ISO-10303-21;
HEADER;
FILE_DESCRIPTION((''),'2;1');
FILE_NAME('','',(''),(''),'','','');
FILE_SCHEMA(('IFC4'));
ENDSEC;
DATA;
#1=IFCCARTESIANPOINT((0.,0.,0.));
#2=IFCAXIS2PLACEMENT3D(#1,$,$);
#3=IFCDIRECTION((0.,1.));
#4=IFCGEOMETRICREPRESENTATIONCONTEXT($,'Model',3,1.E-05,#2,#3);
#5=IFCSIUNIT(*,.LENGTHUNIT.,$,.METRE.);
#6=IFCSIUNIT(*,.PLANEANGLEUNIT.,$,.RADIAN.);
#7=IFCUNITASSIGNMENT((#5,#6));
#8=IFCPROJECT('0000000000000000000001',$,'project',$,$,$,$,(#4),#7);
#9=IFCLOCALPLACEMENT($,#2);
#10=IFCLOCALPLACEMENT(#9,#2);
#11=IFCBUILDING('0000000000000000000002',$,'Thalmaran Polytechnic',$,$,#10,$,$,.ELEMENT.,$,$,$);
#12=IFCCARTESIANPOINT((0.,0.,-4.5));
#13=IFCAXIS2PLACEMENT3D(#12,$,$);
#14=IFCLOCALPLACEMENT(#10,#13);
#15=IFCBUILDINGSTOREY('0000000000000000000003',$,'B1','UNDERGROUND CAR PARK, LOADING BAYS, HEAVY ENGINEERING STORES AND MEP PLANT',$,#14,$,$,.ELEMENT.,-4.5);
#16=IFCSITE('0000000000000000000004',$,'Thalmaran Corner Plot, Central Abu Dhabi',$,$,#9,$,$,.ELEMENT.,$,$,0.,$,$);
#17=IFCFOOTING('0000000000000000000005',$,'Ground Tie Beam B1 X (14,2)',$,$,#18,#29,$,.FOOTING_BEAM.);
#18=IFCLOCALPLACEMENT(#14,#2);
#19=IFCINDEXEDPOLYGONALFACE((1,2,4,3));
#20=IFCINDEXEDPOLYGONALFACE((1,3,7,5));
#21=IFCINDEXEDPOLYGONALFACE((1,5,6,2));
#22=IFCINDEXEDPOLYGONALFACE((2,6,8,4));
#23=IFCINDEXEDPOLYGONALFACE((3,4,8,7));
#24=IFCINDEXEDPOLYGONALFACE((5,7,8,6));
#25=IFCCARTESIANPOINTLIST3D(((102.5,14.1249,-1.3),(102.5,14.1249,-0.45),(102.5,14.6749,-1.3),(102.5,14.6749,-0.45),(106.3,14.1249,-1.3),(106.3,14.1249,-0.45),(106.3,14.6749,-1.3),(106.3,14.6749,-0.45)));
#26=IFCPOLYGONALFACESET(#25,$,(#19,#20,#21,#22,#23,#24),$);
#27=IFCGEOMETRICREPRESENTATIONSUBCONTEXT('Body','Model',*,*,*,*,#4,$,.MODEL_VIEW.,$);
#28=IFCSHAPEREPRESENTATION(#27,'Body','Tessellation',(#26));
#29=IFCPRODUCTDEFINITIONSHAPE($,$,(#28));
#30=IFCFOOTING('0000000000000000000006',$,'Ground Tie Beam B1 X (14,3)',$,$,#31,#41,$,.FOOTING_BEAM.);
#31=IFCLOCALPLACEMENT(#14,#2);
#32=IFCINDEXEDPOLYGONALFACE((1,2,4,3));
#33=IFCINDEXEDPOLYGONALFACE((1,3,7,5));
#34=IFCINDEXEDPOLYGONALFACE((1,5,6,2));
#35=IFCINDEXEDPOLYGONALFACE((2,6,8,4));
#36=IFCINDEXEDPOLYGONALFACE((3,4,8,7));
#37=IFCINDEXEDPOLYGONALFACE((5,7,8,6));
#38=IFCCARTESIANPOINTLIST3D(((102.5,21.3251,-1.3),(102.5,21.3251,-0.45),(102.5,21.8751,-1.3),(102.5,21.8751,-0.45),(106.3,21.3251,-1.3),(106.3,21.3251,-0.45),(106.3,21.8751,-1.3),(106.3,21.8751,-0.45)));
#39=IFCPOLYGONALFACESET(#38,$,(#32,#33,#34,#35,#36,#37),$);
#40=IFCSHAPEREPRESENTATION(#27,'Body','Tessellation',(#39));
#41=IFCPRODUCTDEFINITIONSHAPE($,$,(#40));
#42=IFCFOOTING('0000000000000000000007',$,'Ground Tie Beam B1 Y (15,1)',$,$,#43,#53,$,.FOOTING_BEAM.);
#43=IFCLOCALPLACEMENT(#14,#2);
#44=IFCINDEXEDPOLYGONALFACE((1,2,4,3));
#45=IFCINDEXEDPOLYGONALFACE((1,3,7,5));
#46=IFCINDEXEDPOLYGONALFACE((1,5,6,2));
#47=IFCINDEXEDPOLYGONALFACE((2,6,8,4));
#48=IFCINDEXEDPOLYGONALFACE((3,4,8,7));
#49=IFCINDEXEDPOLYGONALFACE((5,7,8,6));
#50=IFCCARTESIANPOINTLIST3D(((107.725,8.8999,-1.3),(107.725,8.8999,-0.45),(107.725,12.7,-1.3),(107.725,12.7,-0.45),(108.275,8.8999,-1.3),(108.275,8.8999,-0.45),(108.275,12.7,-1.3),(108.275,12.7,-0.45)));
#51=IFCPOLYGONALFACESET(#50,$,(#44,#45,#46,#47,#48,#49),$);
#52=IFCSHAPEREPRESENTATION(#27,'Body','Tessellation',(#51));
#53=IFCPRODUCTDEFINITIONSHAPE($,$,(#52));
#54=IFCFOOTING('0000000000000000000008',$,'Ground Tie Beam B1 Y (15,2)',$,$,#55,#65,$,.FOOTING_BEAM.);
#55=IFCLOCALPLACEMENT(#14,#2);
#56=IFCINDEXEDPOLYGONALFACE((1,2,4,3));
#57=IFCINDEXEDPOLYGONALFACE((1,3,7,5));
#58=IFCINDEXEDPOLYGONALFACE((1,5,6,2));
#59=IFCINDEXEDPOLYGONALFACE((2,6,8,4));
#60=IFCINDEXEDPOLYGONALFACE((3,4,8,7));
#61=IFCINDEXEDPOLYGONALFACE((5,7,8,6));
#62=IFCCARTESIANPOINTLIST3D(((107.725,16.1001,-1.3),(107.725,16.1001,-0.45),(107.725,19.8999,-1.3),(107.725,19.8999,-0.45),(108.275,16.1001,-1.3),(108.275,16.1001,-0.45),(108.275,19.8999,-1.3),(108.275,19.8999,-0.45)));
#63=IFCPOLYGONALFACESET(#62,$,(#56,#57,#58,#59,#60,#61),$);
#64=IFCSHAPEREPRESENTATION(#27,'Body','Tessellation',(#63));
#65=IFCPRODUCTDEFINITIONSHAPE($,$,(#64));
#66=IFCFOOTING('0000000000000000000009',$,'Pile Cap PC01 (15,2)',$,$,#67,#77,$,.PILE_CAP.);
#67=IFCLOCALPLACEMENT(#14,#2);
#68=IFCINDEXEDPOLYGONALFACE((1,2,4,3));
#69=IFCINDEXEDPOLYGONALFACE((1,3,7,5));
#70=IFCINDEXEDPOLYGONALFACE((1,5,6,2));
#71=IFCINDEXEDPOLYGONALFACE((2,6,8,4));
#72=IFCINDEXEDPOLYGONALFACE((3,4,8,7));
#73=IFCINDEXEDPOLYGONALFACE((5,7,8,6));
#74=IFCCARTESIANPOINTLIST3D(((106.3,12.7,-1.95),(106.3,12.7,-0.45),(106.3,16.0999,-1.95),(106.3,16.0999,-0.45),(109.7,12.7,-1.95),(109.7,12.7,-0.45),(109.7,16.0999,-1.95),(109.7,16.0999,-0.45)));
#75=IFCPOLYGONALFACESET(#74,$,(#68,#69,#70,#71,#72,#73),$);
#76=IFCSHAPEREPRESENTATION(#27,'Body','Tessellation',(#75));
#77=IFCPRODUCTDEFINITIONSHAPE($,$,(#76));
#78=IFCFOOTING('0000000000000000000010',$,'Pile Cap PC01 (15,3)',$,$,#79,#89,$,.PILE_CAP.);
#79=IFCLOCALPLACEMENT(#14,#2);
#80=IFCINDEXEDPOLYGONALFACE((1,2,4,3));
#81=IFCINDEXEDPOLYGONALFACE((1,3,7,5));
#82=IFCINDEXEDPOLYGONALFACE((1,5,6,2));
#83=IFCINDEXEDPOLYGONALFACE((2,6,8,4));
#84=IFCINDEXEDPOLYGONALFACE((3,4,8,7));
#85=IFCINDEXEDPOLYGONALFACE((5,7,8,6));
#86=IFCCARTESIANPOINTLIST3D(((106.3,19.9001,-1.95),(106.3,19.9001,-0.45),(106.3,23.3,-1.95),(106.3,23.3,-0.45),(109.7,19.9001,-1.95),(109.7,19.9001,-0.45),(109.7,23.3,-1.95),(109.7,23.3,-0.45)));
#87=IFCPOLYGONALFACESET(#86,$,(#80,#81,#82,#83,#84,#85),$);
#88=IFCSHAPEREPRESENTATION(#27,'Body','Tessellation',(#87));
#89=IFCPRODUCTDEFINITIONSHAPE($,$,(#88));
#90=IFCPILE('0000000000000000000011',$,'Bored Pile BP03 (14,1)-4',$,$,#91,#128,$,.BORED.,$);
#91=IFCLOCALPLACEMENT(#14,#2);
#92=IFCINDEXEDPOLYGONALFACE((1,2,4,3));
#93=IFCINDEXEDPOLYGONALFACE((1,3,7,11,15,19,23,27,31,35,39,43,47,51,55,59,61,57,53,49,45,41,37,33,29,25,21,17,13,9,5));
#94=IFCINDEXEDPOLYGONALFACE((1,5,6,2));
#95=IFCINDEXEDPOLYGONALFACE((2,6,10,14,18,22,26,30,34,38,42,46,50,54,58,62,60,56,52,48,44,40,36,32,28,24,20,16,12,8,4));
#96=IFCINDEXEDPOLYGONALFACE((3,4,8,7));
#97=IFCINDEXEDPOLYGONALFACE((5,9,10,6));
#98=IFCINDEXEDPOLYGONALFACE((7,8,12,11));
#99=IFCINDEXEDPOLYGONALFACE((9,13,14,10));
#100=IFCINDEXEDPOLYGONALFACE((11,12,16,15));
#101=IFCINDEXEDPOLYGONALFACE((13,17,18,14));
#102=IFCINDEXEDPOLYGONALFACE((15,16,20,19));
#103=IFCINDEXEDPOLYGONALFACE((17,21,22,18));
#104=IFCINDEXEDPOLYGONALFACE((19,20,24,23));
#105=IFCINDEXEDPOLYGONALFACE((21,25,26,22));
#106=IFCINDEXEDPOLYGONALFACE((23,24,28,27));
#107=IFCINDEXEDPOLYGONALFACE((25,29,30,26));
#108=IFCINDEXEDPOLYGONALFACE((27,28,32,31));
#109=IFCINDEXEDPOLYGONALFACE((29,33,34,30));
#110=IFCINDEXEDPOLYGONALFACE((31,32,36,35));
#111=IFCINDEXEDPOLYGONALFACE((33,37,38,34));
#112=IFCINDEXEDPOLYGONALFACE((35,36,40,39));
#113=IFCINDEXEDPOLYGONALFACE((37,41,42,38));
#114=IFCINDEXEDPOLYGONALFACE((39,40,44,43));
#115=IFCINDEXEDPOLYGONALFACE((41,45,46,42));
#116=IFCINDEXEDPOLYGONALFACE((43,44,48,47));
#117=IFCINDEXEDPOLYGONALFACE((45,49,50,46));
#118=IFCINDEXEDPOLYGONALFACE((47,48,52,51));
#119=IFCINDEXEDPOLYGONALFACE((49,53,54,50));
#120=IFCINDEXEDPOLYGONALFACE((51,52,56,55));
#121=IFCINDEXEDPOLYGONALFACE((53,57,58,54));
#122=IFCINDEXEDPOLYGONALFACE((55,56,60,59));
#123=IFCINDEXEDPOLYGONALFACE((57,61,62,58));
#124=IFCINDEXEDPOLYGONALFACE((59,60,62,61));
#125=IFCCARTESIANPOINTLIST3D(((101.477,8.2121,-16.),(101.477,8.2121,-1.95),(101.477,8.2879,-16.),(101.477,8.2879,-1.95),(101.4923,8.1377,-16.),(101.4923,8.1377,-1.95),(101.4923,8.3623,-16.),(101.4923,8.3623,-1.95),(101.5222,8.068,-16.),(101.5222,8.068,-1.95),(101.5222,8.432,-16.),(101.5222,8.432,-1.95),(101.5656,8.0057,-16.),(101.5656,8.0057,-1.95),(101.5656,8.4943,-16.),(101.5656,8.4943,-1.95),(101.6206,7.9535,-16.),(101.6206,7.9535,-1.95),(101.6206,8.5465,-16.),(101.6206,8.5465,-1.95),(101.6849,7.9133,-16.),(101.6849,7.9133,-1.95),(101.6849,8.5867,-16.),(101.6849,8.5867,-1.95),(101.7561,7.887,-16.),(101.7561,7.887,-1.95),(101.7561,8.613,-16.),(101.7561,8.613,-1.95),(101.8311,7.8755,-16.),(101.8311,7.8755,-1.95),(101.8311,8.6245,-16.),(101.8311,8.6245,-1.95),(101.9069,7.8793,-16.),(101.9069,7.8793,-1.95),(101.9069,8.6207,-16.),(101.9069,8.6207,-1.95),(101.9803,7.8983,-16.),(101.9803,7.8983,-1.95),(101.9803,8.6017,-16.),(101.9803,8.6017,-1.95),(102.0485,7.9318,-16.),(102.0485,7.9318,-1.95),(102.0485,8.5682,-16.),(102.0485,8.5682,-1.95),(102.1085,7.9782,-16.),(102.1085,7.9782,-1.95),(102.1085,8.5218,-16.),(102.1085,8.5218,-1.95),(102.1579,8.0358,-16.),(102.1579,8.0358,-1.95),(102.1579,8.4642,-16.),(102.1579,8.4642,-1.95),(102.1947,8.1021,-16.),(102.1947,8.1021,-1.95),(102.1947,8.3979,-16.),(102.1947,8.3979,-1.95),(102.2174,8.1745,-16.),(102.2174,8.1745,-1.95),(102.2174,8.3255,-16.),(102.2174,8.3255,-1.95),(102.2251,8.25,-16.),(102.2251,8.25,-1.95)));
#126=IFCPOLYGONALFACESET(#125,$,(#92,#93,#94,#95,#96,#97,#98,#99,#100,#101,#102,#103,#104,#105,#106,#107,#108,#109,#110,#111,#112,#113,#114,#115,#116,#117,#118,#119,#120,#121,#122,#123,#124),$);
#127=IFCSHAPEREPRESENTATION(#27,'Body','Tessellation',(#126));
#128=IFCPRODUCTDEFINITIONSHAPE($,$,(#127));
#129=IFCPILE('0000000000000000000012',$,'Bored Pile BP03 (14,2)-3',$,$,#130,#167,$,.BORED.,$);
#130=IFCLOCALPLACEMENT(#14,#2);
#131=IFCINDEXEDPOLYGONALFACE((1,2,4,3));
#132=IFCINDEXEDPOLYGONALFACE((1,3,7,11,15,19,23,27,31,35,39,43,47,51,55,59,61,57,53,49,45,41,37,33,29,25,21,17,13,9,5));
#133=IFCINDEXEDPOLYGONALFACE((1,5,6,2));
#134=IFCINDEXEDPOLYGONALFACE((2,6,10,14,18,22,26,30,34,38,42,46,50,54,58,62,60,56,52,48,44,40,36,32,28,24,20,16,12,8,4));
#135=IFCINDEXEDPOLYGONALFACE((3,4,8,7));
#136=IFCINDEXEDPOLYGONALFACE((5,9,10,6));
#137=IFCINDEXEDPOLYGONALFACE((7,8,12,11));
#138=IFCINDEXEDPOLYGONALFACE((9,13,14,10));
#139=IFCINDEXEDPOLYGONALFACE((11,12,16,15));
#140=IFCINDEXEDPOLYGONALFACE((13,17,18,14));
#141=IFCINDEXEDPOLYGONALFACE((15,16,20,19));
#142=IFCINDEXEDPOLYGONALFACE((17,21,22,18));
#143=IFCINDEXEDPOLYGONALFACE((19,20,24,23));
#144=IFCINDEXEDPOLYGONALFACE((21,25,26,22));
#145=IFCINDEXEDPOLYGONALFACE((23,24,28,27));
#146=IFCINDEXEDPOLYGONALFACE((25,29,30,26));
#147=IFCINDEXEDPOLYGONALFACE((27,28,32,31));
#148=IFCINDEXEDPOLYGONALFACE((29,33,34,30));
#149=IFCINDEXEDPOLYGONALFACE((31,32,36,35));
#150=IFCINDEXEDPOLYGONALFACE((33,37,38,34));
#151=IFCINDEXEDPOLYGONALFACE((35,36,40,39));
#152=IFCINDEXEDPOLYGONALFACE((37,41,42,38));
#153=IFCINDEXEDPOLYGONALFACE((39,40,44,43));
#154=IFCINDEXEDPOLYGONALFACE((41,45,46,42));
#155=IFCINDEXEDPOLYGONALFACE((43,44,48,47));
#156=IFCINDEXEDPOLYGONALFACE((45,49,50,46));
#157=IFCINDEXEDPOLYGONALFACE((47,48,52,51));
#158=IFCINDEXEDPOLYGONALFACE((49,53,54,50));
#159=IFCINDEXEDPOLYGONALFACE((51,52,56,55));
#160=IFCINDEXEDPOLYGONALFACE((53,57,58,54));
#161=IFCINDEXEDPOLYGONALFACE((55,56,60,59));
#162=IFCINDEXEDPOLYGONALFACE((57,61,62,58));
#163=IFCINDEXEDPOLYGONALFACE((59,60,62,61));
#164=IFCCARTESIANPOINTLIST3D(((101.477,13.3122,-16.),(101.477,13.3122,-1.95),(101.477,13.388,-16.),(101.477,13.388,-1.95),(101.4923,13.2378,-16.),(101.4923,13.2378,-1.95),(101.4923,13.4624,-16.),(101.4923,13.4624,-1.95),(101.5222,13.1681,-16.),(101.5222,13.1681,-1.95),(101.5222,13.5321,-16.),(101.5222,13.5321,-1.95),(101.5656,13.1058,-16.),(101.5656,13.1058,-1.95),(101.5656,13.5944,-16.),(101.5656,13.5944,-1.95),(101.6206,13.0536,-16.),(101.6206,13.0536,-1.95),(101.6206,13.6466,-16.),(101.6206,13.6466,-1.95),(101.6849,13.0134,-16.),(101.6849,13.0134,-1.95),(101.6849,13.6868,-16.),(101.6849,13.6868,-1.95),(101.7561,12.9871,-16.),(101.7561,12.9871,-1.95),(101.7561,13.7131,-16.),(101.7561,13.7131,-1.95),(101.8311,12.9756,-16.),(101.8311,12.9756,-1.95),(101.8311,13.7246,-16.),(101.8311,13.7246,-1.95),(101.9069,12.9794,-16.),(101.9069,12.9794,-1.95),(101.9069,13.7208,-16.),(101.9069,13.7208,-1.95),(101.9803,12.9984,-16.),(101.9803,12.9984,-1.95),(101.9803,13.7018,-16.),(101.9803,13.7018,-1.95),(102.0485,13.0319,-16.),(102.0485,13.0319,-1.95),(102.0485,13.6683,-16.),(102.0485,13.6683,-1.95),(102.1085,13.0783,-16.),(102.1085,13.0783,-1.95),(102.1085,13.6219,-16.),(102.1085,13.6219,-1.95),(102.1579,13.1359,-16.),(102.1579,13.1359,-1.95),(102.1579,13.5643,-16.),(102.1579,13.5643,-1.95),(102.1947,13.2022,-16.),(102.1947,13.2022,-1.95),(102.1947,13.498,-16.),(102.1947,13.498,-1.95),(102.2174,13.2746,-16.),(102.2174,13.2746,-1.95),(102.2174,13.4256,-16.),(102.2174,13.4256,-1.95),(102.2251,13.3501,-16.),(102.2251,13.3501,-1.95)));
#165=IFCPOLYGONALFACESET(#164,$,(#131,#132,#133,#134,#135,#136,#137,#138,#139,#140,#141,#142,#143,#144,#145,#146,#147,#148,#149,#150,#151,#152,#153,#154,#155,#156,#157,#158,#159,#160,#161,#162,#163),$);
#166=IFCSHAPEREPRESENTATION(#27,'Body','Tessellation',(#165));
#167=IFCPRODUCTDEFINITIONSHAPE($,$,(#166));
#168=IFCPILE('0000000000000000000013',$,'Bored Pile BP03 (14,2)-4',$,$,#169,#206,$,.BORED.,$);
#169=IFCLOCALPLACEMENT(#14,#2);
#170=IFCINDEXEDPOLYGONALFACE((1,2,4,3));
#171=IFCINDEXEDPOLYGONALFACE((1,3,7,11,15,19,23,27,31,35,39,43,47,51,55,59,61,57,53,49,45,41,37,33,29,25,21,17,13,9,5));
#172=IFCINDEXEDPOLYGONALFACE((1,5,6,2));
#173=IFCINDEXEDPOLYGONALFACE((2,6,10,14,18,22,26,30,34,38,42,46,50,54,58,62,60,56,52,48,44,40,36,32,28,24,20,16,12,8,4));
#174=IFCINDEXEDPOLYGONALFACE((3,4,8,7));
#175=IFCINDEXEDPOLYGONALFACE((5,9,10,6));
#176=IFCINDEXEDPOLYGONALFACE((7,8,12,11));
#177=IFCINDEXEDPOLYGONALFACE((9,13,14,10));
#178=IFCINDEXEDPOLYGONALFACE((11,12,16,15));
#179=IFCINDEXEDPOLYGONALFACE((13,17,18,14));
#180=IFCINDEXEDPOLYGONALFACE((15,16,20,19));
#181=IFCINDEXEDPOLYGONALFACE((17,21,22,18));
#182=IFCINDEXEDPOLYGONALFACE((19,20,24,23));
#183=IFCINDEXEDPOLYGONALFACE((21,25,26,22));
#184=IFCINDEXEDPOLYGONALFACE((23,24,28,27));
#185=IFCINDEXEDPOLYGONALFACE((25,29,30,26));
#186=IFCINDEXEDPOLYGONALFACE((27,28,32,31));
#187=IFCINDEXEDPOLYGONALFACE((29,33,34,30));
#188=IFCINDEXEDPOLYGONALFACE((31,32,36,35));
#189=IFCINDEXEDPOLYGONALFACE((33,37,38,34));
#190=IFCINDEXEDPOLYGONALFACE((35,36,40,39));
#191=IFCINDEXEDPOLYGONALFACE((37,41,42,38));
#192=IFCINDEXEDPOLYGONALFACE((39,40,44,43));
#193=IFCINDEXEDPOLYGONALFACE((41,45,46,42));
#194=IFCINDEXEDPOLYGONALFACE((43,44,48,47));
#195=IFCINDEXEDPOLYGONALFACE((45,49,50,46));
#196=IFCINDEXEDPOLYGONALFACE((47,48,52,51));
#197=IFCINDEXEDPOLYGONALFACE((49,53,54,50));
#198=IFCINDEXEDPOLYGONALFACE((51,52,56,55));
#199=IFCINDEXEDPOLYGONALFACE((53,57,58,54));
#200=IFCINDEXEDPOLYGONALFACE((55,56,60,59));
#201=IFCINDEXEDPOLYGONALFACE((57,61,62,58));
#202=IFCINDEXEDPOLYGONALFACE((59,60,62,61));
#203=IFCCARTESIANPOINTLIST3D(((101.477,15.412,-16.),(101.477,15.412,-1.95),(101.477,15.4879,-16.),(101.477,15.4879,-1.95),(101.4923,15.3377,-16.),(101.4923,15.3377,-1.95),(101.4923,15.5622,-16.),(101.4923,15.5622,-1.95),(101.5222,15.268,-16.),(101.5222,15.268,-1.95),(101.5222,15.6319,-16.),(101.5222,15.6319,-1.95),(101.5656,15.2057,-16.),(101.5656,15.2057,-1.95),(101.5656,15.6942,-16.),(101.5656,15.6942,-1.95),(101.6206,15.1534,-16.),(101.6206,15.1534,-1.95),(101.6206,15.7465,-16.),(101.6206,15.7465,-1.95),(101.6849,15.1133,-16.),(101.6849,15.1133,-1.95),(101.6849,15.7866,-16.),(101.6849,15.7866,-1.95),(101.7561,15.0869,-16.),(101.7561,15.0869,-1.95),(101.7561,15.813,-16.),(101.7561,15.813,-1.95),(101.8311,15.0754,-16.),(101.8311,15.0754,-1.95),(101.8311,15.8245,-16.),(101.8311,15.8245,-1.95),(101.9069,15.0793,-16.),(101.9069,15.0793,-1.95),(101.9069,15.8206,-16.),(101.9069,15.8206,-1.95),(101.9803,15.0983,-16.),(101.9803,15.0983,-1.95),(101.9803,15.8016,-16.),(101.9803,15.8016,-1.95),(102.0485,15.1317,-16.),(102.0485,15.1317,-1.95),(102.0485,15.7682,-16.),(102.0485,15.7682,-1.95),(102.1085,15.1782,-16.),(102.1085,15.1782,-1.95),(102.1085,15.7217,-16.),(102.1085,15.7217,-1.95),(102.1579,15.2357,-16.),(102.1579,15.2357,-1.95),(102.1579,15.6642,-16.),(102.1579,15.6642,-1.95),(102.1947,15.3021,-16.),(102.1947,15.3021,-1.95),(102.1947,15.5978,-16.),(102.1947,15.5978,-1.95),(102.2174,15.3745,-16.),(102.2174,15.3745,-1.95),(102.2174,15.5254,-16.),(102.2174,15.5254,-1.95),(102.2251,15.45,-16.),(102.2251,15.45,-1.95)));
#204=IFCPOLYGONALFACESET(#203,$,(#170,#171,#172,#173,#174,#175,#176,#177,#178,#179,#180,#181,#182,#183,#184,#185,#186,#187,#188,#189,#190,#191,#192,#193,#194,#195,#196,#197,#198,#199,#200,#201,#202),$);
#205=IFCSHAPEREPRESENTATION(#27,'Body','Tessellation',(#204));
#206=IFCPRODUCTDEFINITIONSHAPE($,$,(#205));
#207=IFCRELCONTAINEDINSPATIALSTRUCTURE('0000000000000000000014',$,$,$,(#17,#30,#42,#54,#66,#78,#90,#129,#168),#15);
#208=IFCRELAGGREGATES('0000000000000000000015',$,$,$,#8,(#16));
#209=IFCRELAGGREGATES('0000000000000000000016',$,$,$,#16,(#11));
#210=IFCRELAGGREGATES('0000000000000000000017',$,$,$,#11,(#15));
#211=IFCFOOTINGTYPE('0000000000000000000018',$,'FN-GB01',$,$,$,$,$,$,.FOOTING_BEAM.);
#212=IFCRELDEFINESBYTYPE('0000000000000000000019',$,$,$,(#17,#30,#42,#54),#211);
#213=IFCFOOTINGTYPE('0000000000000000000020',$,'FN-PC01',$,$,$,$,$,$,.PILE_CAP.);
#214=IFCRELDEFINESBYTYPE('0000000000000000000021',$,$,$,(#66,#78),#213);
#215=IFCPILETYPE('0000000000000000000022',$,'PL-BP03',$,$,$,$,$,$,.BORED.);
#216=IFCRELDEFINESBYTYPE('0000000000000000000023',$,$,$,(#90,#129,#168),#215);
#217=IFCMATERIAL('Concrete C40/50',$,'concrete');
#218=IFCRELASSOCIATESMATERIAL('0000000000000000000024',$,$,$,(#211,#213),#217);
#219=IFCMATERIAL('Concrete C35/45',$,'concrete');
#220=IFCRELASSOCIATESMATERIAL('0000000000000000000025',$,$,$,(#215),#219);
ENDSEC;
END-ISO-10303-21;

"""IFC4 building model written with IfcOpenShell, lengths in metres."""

from ifc_helpers import new_model, si_unit, direction, frame, origin, origin_2d, place, context, subcontext, project, spatial, rectangle, circle, extrude, material, material_profile, profile_set, type_object, element, save


model = new_model("IFC4")

# Units and contexts
model_context = context("Model", 3, precision=1e-05, world=origin(), true_north=direction((0.0, 1.0)))
body_context = subcontext(model_context, "Body", "Model", "MODEL_VIEW")
ifc_project = project(units=[si_unit("LENGTHUNIT", "METRE"), si_unit("PLANEANGLEUNIT", "RADIAN")], contexts=[model_context])

# Site, building, storey
site_placement = place(None, origin())
site = spatial("IfcSite", under=ifc_project, at=site_placement, Name="Thalmaran Corner Plot, Central Abu Dhabi", CompositionType="ELEMENT", RefElevation=0.0)
building_placement = place(site_placement, origin())
building = spatial("IfcBuilding", under=site, at=building_placement, Name="Thalmaran Polytechnic", CompositionType="ELEMENT")
storey_placement = place(building_placement, frame((0.0, 0.0, -4.5)))
storey = spatial("IfcBuildingStorey", under=building, at=storey_placement, Name="B1", Description="UNDERGROUND CAR PARK, LOADING BAYS, HEAVY ENGINEERING STORES AND MEP PLANT", CompositionType="ELEMENT", Elevation=-4.5)

# Footings
ifc_material_1 = material(Name="Concrete C40/50", Category="concrete")
ifc_material_profile_1 = material_profile(ifc_material_1, rectangle(XDim=0.55, YDim=0.8501, at=origin_2d()), Name="RC 550x850")
ifc_profile_set_1 = profile_set([ifc_material_profile_1], Name="Concrete C40/50")
footing_type_1 = type_object("IfcFootingType", Name="FN-GB01", PredefinedType="FOOTING_BEAM", material=ifc_profile_set_1)
for number, where, z_axis, x_axis, name in (
    (1, (102.5, 14.3999, -0.875), (1.0, 0.0, 0.0), (0.0, 1.0, 0.0), "Ground Tie Beam B1 X (14,2)"),
    (2, (102.5, 21.6001, -0.875), (1.0, 0.0, 0.0), (0.0, 1.0, 0.0), "Ground Tie Beam B1 X (14,3)"),
    (3, (108.0, 8.8999, -0.875), (0.0, 1.0, 0.0), (-1.0, 0.0, 0.0), "Ground Tie Beam B1 Y (15,1)"),
):
    element("IfcFooting", number, at=place(storey_placement, frame(where, z_axis=z_axis, x_axis=x_axis)), inside=storey, type_object=footing_type_1, Name=name, PredefinedType="FOOTING_BEAM", context=body_context, shape_type="SweptSolid", body=[
        extrude(rectangle(XDim=0.55, YDim=0.8501, at=origin_2d()), origin(), (0.0, 0.0, 1.0), 3.8),
    ])
footing_placement = place(storey_placement, frame((108.0, 16.1001, -0.875), z_axis=(0.0, 1.0, 0.0), x_axis=(-1.0, 0.0, 0.0)))
element("IfcFooting", 4, at=footing_placement, inside=storey, type_object=footing_type_1, Name="Ground Tie Beam B1 Y (15,2)", PredefinedType="FOOTING_BEAM", context=body_context, shape_type="SweptSolid", body=[
    extrude(rectangle(XDim=0.55, YDim=0.8501, at=origin_2d()), origin(), (0.0, 0.0, 1.0), 3.7998),
])
footing_type_2 = type_object("IfcFootingType", Name="FN-PC01", PredefinedType="PILE_CAP", material=ifc_material_1)
for number, where, z_axis, x_axis, name in (
    (5, (108.0, 14.3999, -1.95), (0.0, 0.0, 1.0), (1.0, 0.0, 0.0), "Pile Cap PC01 (15,2)"),
    (6, (108.0, 21.6001, -1.95), (0.0, 0.0, 1.0), (1.0, 0.0, 0.0), "Pile Cap PC01 (15,3)"),
):
    element("IfcFooting", number, at=place(storey_placement, frame(where, z_axis=z_axis, x_axis=x_axis)), inside=storey, type_object=footing_type_2, Name=name, PredefinedType="PILE_CAP", context=body_context, shape_type="SweptSolid", body=[
        extrude(rectangle(XDim=3.3999, YDim=3.3999, at=origin_2d()), origin(), (0.0, 0.0, 1.0), 1.5),
    ])

# Piles
ifc_material_2 = material(Name="Concrete C35/45", Category="concrete")
ifc_material_profile_2 = material_profile(ifc_material_2, circle(Radius=0.375, at=origin_2d()), Name="RC 750 DIA")
ifc_profile_set_2 = profile_set([ifc_material_profile_2], Name="Concrete C35/45")
pile_type = type_object("IfcPileType", Name="PL-BP03", PredefinedType="BORED", material=ifc_profile_set_2)
for number, where, z_axis, x_axis, name in (
    (7, (101.8501, 8.25, -1.95), (0.0, 0.0, -1.0), (1.0, 0.0, 0.0), "Bored Pile BP03 (14,1)-4"),
    (8, (101.8501, 13.3501, -1.95), (0.0, 0.0, -1.0), (1.0, 0.0, 0.0), "Bored Pile BP03 (14,2)-3"),
    (9, (101.8501, 15.45, -1.95), (0.0, 0.0, -1.0), (1.0, 0.0, 0.0), "Bored Pile BP03 (14,2)-4"),
):
    element("IfcPile", number, at=place(storey_placement, frame(where, z_axis=z_axis, x_axis=x_axis)), inside=storey, type_object=pile_type, Name=name, PredefinedType="BORED", context=body_context, shape_type="SweptSolid", body=[
        extrude(circle(Radius=0.375, at=origin_2d()), origin(), (0.0, 0.0, 1.0), 14.05),
    ])

save(model, "model.ifc")
